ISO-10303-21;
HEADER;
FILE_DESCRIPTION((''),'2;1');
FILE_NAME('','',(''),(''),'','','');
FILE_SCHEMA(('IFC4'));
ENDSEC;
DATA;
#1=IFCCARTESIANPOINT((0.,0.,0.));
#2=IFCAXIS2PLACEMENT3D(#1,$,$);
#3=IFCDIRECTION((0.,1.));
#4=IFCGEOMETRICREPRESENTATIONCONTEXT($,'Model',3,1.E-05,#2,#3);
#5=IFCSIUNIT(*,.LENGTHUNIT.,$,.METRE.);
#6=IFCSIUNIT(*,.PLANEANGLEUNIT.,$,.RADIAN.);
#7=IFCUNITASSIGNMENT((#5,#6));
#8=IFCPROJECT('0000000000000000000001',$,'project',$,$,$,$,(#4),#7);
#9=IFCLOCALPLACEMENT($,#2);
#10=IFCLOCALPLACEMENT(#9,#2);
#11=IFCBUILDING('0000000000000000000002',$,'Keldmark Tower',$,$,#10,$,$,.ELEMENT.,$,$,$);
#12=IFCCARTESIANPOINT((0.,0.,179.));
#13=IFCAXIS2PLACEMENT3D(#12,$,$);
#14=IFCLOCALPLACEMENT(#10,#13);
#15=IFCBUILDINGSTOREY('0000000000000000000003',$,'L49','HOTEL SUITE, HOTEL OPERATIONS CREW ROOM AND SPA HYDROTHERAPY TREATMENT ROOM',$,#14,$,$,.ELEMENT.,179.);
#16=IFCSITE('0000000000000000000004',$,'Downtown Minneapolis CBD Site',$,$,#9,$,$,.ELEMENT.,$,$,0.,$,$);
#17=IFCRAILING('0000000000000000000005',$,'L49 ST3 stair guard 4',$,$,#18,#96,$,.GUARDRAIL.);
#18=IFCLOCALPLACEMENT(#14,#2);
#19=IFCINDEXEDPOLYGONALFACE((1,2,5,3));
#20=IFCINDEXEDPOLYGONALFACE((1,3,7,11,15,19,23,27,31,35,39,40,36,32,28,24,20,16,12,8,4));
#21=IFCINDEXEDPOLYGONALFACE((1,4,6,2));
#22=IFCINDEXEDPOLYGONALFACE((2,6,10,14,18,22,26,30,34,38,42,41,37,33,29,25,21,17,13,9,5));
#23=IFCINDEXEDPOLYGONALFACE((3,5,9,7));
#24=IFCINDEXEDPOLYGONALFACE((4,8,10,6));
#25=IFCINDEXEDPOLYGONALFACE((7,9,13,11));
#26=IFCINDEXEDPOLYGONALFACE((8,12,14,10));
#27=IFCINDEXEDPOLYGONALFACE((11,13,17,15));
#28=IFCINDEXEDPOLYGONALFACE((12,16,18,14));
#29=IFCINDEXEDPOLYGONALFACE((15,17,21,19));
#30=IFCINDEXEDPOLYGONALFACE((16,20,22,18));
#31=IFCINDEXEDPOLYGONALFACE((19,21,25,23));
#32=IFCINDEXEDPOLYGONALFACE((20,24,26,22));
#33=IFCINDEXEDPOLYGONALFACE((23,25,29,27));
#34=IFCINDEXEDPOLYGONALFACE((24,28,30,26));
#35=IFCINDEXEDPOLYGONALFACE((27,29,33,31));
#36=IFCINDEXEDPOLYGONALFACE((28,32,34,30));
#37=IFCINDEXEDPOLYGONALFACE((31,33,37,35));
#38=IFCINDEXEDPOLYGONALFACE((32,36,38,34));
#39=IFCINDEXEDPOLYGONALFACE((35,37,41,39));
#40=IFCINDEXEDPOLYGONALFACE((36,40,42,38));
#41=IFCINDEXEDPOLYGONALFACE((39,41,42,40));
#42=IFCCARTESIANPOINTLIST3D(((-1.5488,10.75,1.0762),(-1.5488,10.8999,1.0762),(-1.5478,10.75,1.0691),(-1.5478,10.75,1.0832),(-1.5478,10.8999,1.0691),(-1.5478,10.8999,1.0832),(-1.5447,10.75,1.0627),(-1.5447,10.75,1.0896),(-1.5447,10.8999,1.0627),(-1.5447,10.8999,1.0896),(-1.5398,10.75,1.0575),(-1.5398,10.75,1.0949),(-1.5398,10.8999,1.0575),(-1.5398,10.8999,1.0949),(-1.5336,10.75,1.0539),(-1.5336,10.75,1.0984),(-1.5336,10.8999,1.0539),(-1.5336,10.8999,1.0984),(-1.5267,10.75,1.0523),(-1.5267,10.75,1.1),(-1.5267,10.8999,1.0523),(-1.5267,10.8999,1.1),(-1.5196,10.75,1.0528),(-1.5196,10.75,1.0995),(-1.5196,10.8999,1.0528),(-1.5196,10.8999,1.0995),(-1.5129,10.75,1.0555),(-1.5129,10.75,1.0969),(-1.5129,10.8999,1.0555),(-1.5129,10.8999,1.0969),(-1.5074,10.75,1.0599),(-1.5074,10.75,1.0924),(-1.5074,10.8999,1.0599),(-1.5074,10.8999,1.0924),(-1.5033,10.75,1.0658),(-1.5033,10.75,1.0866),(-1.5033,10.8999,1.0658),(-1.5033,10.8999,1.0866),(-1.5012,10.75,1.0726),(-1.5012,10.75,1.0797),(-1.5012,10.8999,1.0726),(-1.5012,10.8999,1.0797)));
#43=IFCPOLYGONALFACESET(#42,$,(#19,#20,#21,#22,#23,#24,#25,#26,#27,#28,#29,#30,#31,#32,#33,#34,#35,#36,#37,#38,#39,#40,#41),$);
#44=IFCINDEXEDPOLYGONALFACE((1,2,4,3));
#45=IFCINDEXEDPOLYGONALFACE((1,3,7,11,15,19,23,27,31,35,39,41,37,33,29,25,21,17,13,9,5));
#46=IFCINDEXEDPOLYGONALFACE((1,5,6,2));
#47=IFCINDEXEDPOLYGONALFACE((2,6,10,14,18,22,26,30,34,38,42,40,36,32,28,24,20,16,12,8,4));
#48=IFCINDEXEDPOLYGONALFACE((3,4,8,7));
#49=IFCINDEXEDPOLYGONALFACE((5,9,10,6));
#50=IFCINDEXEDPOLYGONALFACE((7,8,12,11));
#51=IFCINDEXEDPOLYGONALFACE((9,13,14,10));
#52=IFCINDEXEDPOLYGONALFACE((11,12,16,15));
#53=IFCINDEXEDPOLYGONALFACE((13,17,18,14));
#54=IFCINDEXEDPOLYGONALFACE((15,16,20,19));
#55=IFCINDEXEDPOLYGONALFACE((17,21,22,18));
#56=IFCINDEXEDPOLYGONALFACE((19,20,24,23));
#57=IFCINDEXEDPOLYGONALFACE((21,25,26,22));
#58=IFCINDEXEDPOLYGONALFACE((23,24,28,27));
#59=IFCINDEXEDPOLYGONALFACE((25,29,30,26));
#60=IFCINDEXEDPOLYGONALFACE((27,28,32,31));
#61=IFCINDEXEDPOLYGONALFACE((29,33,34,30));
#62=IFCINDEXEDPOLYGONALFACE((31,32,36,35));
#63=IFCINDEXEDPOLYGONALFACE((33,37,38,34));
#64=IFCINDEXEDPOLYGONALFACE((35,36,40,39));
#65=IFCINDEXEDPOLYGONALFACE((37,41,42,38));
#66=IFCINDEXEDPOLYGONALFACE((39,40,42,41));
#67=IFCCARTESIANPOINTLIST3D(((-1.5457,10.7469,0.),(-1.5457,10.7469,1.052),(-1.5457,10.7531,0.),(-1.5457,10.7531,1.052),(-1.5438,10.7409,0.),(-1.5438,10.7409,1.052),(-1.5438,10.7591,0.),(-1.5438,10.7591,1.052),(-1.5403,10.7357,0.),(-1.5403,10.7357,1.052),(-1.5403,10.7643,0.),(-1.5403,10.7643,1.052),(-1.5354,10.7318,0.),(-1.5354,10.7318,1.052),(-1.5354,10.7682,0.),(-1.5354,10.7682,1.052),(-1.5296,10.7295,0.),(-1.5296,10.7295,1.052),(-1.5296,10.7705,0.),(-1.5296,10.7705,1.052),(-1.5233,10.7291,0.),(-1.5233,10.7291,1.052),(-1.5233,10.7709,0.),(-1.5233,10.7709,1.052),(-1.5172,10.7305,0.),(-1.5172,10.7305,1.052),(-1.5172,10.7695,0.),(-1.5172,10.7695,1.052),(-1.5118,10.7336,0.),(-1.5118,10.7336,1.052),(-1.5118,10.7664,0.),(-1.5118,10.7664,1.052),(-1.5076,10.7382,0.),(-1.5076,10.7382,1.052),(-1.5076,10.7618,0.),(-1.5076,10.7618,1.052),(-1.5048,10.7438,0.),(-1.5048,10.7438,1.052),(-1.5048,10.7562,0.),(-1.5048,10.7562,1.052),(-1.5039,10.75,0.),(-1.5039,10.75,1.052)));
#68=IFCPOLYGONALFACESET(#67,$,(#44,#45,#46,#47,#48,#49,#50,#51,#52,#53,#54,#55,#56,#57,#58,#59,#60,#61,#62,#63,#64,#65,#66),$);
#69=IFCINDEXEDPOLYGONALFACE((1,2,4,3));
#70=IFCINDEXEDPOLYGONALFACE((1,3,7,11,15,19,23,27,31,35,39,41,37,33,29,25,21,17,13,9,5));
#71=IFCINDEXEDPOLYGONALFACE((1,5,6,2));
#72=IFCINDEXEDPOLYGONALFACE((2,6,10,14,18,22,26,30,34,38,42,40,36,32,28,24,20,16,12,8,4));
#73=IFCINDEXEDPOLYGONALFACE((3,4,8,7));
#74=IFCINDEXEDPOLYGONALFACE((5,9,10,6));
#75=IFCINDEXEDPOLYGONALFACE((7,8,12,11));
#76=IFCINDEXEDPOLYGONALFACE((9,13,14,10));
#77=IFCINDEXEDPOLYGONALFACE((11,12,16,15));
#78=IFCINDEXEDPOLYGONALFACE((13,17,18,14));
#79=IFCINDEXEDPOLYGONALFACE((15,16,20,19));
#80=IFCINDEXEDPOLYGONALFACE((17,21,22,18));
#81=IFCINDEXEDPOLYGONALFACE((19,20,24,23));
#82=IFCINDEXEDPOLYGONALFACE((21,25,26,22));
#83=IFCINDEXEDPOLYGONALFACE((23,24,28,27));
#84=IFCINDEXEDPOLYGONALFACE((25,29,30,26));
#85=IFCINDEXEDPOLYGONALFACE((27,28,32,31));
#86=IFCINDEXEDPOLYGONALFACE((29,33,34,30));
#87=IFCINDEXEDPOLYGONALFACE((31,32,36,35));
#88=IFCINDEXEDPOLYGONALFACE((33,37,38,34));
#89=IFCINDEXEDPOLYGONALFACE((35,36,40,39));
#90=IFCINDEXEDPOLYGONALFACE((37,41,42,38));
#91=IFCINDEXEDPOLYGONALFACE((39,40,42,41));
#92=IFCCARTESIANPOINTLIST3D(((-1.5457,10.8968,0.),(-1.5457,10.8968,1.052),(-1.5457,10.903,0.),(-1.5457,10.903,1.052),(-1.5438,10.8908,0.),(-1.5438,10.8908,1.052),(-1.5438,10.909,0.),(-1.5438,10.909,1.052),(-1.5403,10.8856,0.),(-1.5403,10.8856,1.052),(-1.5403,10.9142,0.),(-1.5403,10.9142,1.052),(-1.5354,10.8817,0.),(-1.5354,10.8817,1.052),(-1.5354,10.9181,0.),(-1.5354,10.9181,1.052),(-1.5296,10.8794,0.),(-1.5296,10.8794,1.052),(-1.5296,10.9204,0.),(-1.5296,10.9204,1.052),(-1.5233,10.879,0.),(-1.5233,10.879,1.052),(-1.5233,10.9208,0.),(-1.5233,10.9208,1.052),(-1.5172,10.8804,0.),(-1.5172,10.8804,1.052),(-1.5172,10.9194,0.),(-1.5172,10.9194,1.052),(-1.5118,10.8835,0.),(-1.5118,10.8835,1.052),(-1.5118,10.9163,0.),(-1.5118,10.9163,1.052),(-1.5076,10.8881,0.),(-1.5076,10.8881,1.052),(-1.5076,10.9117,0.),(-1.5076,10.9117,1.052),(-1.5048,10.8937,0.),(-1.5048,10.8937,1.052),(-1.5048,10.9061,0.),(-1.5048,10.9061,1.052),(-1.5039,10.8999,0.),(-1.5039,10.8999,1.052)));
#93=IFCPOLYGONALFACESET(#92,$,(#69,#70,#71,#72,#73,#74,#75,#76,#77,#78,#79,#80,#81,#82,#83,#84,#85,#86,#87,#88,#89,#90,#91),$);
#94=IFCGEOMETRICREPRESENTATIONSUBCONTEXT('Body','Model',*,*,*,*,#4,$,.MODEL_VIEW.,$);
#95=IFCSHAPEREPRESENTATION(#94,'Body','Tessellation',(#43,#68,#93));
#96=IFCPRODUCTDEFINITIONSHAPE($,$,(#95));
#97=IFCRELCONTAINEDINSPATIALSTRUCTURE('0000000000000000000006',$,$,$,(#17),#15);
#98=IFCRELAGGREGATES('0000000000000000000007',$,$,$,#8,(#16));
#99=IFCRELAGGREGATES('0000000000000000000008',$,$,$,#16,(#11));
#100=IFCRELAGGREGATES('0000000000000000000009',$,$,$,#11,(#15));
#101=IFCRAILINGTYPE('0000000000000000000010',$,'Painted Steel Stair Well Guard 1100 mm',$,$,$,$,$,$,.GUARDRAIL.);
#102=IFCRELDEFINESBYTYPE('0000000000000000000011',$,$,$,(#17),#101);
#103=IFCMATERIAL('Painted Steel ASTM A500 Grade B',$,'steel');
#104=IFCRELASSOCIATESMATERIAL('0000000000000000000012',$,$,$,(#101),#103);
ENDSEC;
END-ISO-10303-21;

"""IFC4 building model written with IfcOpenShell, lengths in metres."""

from ifc_helpers import new_model, si_unit, direction, frame, origin, origin_2d, place, context, subcontext, project, spatial, circle, extrude, material, type_object, element, save


model = new_model("IFC4")

# Units and contexts
model_context = context("Model", 3, precision=1e-05, world=origin(), true_north=direction((0.0, 1.0)))
body_context = subcontext(model_context, "Body", "Model", "MODEL_VIEW")
ifc_project = project(units=[si_unit("LENGTHUNIT", "METRE"), si_unit("PLANEANGLEUNIT", "RADIAN")], contexts=[model_context])

# Site, building, storey
site_placement = place(None, origin())
site = spatial("IfcSite", under=ifc_project, at=site_placement, Name="Downtown Minneapolis CBD Site", CompositionType="ELEMENT", RefElevation=0.0)
building_placement = place(site_placement, origin())
building = spatial("IfcBuilding", under=site, at=building_placement, Name="Keldmark Tower", CompositionType="ELEMENT")
storey_placement = place(building_placement, frame((0.0, 0.0, 179.0)))
storey = spatial("IfcBuildingStorey", under=building, at=storey_placement, Name="L49", Description="HOTEL SUITE, HOTEL OPERATIONS CREW ROOM AND SPA HYDROTHERAPY TREATMENT ROOM", CompositionType="ELEMENT", Elevation=179.0)

# Railing
ifc_material_1 = material(Name="Painted Steel ASTM A500 Grade B", Category="steel")
railing_type = type_object("IfcRailingType", Name="Painted Steel Stair Well Guard 1100 mm", PredefinedType="GUARDRAIL", material=ifc_material_1)
railing_1_placement = place(storey_placement, frame((-1.5249, 10.75, 0.0)))
element("IfcRailing", 1, at=railing_1_placement, inside=storey, type_object=railing_type, Name="L49 ST3 stair guard 4", PredefinedType="GUARDRAIL", context=body_context, shape_type="SweptSolid", body=[
    extrude(circle(Radius=0.0239, at=origin_2d()), frame((0.0, 0.0, 1.0762), z_axis=(0.0, 1.0, 0.0), x_axis=(-1.0, 0.0, 0.0)), (0.0, 0.0, 1.0), 0.1499),
    extrude(circle(Radius=0.021, at=origin_2d()), origin(), (0.0, 0.0, 1.0), 1.052),
    extrude(circle(Radius=0.021, at=origin_2d()), frame((0.0, 0.1499, 0.0)), (0.0, 0.0, 1.0), 1.052),
])

save(model, "model.ifc")
